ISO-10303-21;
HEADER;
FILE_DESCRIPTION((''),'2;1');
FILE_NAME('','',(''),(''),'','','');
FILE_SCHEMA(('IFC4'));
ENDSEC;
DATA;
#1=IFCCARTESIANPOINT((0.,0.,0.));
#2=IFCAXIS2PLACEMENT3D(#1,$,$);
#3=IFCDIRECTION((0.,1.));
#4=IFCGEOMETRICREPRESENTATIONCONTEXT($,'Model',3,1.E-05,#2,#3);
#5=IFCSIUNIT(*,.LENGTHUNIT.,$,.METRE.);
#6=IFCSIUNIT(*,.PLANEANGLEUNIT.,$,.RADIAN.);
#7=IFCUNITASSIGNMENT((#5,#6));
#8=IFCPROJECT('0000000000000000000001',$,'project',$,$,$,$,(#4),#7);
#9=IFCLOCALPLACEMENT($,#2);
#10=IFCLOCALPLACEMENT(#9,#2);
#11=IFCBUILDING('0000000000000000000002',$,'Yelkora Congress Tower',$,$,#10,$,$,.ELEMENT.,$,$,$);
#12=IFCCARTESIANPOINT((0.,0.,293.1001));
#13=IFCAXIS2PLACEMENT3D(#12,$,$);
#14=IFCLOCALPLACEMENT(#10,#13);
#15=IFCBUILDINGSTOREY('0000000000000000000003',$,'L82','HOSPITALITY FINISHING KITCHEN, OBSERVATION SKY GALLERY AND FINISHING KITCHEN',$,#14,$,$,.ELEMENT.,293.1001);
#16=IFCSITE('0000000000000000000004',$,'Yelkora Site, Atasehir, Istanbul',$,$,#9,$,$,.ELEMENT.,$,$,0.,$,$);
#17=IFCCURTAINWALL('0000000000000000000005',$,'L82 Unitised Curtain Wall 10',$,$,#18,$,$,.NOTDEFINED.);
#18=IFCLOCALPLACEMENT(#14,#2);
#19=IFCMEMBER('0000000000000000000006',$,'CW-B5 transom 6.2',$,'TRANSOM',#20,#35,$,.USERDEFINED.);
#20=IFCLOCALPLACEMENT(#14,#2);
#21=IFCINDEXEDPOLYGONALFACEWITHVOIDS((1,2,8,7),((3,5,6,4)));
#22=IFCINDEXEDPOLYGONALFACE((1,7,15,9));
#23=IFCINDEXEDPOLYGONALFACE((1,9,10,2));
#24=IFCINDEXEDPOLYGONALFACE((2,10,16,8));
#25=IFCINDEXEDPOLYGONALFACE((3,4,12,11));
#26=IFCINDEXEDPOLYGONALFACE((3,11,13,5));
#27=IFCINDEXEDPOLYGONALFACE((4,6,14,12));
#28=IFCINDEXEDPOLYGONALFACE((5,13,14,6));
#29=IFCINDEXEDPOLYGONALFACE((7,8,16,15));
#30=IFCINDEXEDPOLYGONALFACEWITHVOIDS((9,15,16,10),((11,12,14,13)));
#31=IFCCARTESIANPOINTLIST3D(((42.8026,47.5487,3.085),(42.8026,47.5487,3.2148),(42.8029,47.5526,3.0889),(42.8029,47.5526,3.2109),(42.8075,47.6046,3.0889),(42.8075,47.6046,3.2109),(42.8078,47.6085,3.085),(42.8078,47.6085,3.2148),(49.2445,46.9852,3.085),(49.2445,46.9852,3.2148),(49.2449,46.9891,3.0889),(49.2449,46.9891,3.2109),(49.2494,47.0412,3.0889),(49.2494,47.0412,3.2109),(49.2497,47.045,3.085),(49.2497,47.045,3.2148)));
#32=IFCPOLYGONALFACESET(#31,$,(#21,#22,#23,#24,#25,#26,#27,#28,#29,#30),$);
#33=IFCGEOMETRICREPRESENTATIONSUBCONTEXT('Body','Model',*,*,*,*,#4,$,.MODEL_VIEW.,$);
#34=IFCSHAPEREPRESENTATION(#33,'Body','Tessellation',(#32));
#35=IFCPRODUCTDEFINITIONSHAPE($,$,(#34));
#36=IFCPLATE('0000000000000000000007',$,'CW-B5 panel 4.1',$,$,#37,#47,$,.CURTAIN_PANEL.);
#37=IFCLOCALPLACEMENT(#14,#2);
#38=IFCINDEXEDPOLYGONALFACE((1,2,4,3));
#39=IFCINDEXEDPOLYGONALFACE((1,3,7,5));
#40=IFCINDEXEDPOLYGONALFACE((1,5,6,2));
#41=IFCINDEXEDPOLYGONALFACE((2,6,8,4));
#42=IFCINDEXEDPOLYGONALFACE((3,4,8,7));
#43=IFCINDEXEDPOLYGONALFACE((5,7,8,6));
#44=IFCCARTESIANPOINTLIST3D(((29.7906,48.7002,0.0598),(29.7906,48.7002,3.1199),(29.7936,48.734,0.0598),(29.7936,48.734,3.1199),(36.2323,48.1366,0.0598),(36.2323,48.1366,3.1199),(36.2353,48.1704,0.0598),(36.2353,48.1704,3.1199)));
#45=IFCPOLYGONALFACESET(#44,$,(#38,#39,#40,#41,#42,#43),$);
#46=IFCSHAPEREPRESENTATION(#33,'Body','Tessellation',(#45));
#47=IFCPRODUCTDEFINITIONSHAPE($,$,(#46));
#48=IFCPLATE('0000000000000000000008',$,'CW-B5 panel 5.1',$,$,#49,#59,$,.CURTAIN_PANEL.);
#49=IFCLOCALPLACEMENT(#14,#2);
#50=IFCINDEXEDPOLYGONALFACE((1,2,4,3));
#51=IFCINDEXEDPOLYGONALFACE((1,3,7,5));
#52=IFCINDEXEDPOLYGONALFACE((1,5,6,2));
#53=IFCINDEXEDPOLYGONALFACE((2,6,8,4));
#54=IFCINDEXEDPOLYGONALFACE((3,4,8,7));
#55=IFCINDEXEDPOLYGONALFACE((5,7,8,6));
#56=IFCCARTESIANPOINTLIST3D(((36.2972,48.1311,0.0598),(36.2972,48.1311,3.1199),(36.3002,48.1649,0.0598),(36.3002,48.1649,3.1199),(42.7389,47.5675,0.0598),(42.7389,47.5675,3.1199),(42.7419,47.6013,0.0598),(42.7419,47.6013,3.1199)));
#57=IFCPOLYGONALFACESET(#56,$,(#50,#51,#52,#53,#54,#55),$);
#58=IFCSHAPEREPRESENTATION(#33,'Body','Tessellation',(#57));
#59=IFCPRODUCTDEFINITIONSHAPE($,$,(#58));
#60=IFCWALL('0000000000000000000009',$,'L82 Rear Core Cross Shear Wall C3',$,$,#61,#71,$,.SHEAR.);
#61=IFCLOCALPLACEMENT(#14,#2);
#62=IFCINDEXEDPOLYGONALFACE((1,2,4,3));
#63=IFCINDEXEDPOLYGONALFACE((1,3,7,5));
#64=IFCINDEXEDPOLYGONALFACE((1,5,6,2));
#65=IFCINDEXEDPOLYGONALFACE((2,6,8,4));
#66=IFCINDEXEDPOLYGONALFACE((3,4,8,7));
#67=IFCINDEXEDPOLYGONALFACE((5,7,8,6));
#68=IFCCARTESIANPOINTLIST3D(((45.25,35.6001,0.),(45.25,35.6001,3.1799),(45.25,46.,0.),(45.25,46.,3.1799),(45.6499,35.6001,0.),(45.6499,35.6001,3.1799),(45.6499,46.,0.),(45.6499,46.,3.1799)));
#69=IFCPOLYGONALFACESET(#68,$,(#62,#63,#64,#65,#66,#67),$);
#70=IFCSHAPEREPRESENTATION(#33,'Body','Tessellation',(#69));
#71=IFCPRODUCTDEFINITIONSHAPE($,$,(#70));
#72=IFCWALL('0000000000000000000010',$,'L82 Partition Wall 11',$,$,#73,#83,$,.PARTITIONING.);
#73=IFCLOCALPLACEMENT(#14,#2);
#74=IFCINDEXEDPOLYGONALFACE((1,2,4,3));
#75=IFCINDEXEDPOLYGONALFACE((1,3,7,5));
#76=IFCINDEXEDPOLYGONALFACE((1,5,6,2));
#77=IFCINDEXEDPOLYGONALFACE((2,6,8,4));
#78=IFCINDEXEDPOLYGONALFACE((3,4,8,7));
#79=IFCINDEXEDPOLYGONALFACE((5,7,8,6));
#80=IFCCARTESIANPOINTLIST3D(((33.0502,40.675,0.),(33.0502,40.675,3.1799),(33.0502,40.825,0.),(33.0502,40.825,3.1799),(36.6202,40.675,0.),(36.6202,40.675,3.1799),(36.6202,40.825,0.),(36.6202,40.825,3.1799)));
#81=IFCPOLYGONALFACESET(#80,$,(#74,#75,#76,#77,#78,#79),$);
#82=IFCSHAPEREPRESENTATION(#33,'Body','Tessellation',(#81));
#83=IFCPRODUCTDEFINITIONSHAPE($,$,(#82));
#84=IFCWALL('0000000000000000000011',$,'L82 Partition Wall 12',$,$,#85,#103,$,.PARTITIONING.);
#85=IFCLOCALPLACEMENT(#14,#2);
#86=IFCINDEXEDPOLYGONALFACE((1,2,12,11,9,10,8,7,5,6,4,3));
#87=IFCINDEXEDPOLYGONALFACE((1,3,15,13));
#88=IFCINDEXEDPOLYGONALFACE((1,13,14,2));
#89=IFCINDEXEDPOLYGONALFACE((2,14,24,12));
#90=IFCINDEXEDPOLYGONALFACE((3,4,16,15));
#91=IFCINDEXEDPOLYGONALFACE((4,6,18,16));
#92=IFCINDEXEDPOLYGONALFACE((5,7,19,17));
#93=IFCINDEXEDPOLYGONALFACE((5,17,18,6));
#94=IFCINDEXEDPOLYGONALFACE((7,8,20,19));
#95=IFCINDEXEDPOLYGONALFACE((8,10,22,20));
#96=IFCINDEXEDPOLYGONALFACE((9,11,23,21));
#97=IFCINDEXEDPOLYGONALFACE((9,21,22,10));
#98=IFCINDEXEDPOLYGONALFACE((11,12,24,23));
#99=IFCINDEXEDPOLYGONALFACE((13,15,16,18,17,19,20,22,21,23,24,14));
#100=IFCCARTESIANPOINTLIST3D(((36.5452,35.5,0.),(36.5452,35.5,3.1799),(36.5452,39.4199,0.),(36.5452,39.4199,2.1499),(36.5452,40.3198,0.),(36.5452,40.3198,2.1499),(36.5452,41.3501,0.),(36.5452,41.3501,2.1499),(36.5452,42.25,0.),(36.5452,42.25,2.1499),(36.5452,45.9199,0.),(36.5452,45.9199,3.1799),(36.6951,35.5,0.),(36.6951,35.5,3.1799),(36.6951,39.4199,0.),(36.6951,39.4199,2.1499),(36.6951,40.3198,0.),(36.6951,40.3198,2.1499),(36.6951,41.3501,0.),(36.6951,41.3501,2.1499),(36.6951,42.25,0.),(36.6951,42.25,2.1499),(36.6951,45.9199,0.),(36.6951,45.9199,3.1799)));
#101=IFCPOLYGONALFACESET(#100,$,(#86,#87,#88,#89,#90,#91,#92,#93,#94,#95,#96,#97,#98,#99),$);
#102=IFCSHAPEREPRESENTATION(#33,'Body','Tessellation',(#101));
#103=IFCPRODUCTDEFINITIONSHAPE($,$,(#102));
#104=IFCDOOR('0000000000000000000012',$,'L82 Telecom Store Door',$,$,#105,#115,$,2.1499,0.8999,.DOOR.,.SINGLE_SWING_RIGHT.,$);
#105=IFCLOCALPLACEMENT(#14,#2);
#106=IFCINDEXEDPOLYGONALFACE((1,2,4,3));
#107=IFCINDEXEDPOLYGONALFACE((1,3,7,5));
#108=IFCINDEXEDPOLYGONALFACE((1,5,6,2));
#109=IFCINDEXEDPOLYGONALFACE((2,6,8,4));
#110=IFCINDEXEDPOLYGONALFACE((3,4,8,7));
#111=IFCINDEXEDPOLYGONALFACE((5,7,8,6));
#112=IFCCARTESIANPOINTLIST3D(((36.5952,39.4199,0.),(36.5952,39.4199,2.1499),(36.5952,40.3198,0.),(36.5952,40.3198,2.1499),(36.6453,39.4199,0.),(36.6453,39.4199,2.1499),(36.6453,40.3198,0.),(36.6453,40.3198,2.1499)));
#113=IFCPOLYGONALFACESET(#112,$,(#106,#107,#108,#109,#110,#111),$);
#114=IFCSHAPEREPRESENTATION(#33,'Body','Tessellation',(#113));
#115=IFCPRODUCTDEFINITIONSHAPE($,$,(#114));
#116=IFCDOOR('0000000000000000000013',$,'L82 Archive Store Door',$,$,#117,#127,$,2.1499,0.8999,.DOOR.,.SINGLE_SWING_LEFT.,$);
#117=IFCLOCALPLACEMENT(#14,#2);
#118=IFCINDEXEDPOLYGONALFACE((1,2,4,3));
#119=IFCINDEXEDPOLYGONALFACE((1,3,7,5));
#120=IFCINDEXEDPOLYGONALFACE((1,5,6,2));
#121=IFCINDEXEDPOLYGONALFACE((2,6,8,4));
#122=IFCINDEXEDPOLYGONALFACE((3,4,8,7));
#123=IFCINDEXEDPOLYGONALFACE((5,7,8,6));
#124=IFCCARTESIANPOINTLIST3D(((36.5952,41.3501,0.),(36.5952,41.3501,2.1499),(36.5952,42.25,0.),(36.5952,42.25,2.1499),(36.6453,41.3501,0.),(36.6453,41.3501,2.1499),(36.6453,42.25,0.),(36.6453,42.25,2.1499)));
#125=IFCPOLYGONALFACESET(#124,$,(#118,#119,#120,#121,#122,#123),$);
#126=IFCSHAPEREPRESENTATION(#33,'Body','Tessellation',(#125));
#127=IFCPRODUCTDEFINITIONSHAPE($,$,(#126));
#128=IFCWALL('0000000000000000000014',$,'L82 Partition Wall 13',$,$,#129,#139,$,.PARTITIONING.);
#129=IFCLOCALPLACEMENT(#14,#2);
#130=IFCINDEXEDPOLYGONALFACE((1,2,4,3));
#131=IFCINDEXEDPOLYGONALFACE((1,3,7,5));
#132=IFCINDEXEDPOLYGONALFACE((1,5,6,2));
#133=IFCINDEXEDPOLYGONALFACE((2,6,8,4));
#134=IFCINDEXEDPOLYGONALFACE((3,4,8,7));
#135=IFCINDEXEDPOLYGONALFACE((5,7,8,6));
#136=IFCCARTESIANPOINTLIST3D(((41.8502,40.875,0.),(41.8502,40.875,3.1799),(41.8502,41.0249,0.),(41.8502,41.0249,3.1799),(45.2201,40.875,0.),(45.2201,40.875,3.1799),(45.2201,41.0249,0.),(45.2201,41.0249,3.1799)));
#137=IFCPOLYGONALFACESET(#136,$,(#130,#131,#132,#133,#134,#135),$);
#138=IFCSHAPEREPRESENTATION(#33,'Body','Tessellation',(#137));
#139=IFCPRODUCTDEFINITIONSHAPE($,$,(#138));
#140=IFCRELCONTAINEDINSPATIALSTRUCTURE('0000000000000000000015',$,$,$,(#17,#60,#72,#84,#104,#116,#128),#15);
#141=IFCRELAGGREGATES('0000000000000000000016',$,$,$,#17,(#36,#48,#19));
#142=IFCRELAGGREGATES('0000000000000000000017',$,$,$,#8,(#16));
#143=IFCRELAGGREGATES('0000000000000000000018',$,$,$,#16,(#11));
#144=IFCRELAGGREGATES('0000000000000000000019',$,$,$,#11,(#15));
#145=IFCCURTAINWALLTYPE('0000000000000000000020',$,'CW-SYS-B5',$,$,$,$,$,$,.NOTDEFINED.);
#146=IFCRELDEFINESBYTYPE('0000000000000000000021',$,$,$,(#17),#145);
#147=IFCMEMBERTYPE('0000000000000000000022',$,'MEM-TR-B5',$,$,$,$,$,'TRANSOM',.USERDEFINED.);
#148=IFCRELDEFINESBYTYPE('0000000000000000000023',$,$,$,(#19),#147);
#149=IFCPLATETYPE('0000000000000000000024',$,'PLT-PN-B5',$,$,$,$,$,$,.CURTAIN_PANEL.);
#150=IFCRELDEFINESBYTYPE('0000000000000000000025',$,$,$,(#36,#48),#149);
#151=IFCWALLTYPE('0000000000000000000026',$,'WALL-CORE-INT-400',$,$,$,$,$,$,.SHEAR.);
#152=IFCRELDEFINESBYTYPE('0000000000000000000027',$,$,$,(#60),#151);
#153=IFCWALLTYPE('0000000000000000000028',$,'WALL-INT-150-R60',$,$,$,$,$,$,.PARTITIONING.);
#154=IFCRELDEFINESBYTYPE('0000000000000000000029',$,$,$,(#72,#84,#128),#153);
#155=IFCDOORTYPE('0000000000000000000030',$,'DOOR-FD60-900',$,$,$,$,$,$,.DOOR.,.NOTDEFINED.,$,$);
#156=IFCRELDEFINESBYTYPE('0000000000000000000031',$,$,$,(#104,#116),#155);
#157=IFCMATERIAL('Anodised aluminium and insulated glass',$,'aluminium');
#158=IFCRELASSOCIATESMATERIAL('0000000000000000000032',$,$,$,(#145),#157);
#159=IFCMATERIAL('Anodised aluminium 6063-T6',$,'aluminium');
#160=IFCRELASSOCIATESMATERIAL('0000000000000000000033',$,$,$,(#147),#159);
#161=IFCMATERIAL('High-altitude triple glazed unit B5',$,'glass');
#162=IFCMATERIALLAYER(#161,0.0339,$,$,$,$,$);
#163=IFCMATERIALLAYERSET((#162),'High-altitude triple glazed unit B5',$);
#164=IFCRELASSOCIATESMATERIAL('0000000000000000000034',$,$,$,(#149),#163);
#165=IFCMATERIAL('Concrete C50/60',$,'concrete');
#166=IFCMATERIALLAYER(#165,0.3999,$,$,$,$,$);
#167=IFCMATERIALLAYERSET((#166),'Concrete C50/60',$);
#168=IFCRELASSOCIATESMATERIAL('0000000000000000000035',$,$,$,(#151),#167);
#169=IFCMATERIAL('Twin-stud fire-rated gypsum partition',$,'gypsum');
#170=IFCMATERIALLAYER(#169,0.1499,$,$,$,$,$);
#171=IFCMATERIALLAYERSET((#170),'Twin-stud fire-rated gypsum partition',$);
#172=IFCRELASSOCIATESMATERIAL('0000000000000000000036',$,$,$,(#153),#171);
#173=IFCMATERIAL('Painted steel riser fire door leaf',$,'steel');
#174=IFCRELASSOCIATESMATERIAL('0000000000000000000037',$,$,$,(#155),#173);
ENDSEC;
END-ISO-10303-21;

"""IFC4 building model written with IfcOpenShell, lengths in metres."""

from ifc_helpers import new_model, si_unit, direction, frame, frame_2d, origin, origin_2d, place, context, subcontext, project, spatial, rectangle, hollow_rectangle, extrude, material, layer, layer_set, material_profile, profile_set, type_object, element, fill, aggregate, save


model = new_model("IFC4")

# Units and contexts
model_context = context("Model", 3, precision=1e-05, world=origin(), true_north=direction((0.0, 1.0)))
body_context = subcontext(model_context, "Body", "Model", "MODEL_VIEW")
ifc_project = project(units=[si_unit("LENGTHUNIT", "METRE"), si_unit("PLANEANGLEUNIT", "RADIAN")], contexts=[model_context])

# Site, building, storey
site_placement = place(None, origin())
site = spatial("IfcSite", under=ifc_project, at=site_placement, Name="Yelkora Site, Atasehir, Istanbul", CompositionType="ELEMENT", RefElevation=0.0)
building_placement = place(site_placement, origin())
building = spatial("IfcBuilding", under=site, at=building_placement, Name="Yelkora Congress Tower", CompositionType="ELEMENT")
storey_placement = place(building_placement, frame((0.0, 0.0, 293.1001)))
storey = spatial("IfcBuildingStorey", under=building, at=storey_placement, Name="L82", Description="HOSPITALITY FINISHING KITCHEN, OBSERVATION SKY GALLERY AND FINISHING KITCHEN", CompositionType="ELEMENT", Elevation=293.1001)

# Curtain wall, member, plates
ifc_material_1 = material(Name="Anodised aluminium and insulated glass", Category="aluminium")
curtain_wall_type = type_object("IfcCurtainWallType", Name="CW-SYS-B5", PredefinedType="NOTDEFINED", material=ifc_material_1)
curtain_wall_placement = place(storey_placement, origin())
curtain_wall = element("IfcCurtainWall", 1, at=curtain_wall_placement, inside=storey, type_object=curtain_wall_type, Name="L82 Unitised Curtain Wall 10", PredefinedType="NOTDEFINED")
ifc_material_2 = material(Name="Anodised aluminium 6063-T6", Category="aluminium")
ifc_material_profile_1 = material_profile(ifc_material_2, hollow_rectangle(XDim=0.0601, YDim=0.1299, WallThickness=0.0039, at=origin_2d()), Name="ALU 60x130x4")
ifc_profile_set_1 = profile_set([ifc_material_profile_1], Name="Anodised aluminium 6063-T6")
member_type_1 = type_object("IfcMemberType", Name="MEM-TR-B5", ElementType="TRANSOM", PredefinedType="USERDEFINED", material=ifc_profile_set_1)
member_1_placement = place(storey_placement, frame((42.8052, 47.5786, 3.1499), z_axis=(0.996196, -0.087138, 0.0), x_axis=(0.087138, 0.996196, 0.0)))
member_1 = element("IfcMember", 2, at=member_1_placement, type_object=member_type_1, Name="CW-B5 transom 6.2", ObjectType="TRANSOM", PredefinedType="USERDEFINED", context=body_context, shape_type="SweptSolid", body=[
    extrude(hollow_rectangle(XDim=0.0601, YDim=0.1299, WallThickness=0.0039, at=origin_2d()), origin(), (0.0, 0.0, 1.0), 6.4666),
])
ifc_material_3 = material(Name="High-altitude triple glazed unit B5", Category="glass")
ifc_layer_1 = layer(ifc_material_3, 0.0339)
ifc_layer_set_1 = layer_set([ifc_layer_1], Name="High-altitude triple glazed unit B5")
plate_type = type_object("IfcPlateType", Name="PLT-PN-B5", PredefinedType="CURTAIN_PANEL", material=ifc_layer_set_1)
plate_1_placement = place(storey_placement, frame((33.0129, 48.4353, 0.0598), z_axis=(0.0, 0.0, 1.0), x_axis=(0.996195, -0.087157, 0.0)))
plate_1 = element("IfcPlate", 3, at=plate_1_placement, type_object=plate_type, Name="CW-B5 panel 4.1", PredefinedType="CURTAIN_PANEL", context=body_context, shape_type="SweptSolid", body=[
    extrude(rectangle(XDim=6.4663, YDim=0.0339, at=origin_2d()), origin(), (0.0, 0.0, 1.0), 3.0601),
])
plate_2_placement = place(storey_placement, frame((39.5195, 47.8662, 0.0598), z_axis=(0.0, 0.0, 1.0), x_axis=(0.996195, -0.087157, 0.0)))
plate_2 = element("IfcPlate", 4, at=plate_2_placement, type_object=plate_type, Name="CW-B5 panel 5.1", PredefinedType="CURTAIN_PANEL", context=body_context, shape_type="SweptSolid", body=[
    extrude(rectangle(XDim=6.4663, YDim=0.0339, at=origin_2d()), origin(), (0.0, 0.0, 1.0), 3.0601),
])
aggregate(curtain_wall, [plate_1, plate_2, member_1])

# Walls
ifc_material_4 = material(Name="Concrete C50/60", Category="concrete")
ifc_layer_2 = layer(ifc_material_4, 0.3999)
ifc_layer_set_2 = layer_set([ifc_layer_2], Name="Concrete C50/60")
wall_type_1 = type_object("IfcWallType", Name="WALL-CORE-INT-400", PredefinedType="SHEAR", material=ifc_layer_set_2)
wall_1_placement = place(storey_placement, frame((45.45, 35.6001, 0.0), z_axis=(0.0, 0.0, 1.0), x_axis=(0.0, 1.0, 0.0)))
element("IfcWall", 5, at=wall_1_placement, inside=storey, type_object=wall_type_1, Name="L82 Rear Core Cross Shear Wall C3", PredefinedType="SHEAR", context=body_context, shape_type="SweptSolid", body=[
    extrude(rectangle(XDim=10.3999, YDim=0.3999, at=frame_2d((5.2, 0.0))), origin(), (0.0, 0.0, 1.0), 3.1799),
])
ifc_material_5 = material(Name="Twin-stud fire-rated gypsum partition", Category="gypsum")
ifc_layer_3 = layer(ifc_material_5, 0.1499)
ifc_layer_set_3 = layer_set([ifc_layer_3], Name="Twin-stud fire-rated gypsum partition")
wall_type_2 = type_object("IfcWallType", Name="WALL-INT-150-R60", PredefinedType="PARTITIONING", material=ifc_layer_set_3)
wall_2_placement = place(storey_placement, frame((33.05, 40.75, 0.0), z_axis=(0.0, 0.0, 1.0), x_axis=(1.0, 0.0, 0.0)))
element("IfcWall", 6, at=wall_2_placement, inside=storey, type_object=wall_type_2, Name="L82 Partition Wall 11", PredefinedType="PARTITIONING", context=body_context, shape_type="SweptSolid", body=[
    extrude(rectangle(XDim=3.5701, YDim=0.1499, at=frame_2d((1.7852, 0.0))), origin(), (0.0, 0.0, 1.0), 3.1799),
])

# Wall, openings, doors
wall_3_placement = place(storey_placement, frame((36.6201, 35.5, 0.0), z_axis=(0.0, 0.0, 1.0), x_axis=(0.0, 1.0, 0.0)))
wall_3 = element("IfcWall", 7, at=wall_3_placement, inside=storey, type_object=wall_type_2, Name="L82 Partition Wall 12", PredefinedType="PARTITIONING", context=body_context, shape_type="SweptSolid", body=[
    extrude(rectangle(XDim=10.4199, YDim=0.1499, at=frame_2d((5.21, 0.0))), origin(), (0.0, 0.0, 1.0), 3.1799),
])
opening_1_placement = place(wall_3_placement, frame((3.9199, 0.0, 0.0)))
opening_1 = element("IfcOpeningElement", 8, at=opening_1_placement, cuts=wall_3, PredefinedType="OPENING", context=body_context, shape_type="SweptSolid", body=[
    extrude(rectangle(XDim=0.8999, YDim=2.1499, at=frame_2d((0.45, 1.075))), frame((0.0, 0.085, 0.0), z_axis=(0.0, -1.0, 0.0), x_axis=(1.0, 0.0, 0.0)), (0.0, 0.0, 1.0), 0.1699),
])
opening_2_placement = place(wall_3_placement, frame((5.8501, 0.0, 0.0)))
opening_2 = element("IfcOpeningElement", 9, at=opening_2_placement, cuts=wall_3, PredefinedType="OPENING", context=body_context, shape_type="SweptSolid", body=[
    extrude(rectangle(XDim=0.8999, YDim=2.1499, at=frame_2d((0.45, 1.075))), frame((0.0, 0.085, 0.0), z_axis=(0.0, -1.0, 0.0), x_axis=(1.0, 0.0, 0.0)), (0.0, 0.0, 1.0), 0.1699),
])
ifc_material_6 = material(Name="Painted steel riser fire door leaf", Category="steel")
door_type_1 = type_object("IfcDoorType", Name="DOOR-FD60-900", OperationType="NOTDEFINED", PredefinedType="DOOR", material=ifc_material_6)
door_1_placement = place(opening_1_placement, origin())
door_1 = element("IfcDoor", 10, at=door_1_placement, inside=storey, type_object=door_type_1, Name="L82 Telecom Store Door", OperationType="SINGLE_SWING_RIGHT", OverallHeight=2.1499, OverallWidth=0.8999, PredefinedType="DOOR", context=body_context, shape_type="SweptSolid", body=[
    extrude(rectangle(XDim=0.8999, YDim=2.1499, at=frame_2d((0.45, 1.075))), frame((0.0, 0.0249, 0.0), z_axis=(0.0, -1.0, 0.0), x_axis=(1.0, 0.0, 0.0)), (0.0, 0.0, 1.0), 0.05),
])
fill(opening_1, door_1)
door_2_placement = place(opening_2_placement, origin())
door_2 = element("IfcDoor", 11, at=door_2_placement, inside=storey, type_object=door_type_1, Name="L82 Archive Store Door", OperationType="SINGLE_SWING_LEFT", OverallHeight=2.1499, OverallWidth=0.8999, PredefinedType="DOOR", context=body_context, shape_type="SweptSolid", body=[
    extrude(rectangle(XDim=0.8999, YDim=2.1499, at=frame_2d((0.45, 1.075))), frame((0.0, 0.0249, 0.0), z_axis=(0.0, -1.0, 0.0), x_axis=(1.0, 0.0, 0.0)), (0.0, 0.0, 1.0), 0.05),
])
fill(opening_2, door_2)

# Wall
wall_4_placement = place(storey_placement, frame((41.8501, 40.95, 0.0), z_axis=(0.0, 0.0, 1.0), x_axis=(1.0, 0.0, 0.0)))
element("IfcWall", 12, at=wall_4_placement, inside=storey, type_object=wall_type_2, Name="L82 Partition Wall 13", PredefinedType="PARTITIONING", context=body_context, shape_type="SweptSolid", body=[
    extrude(rectangle(XDim=3.3699, YDim=0.1499, at=frame_2d((1.6851, 0.0))), origin(), (0.0, 0.0, 1.0), 3.1799),
])

save(model, "model.ifc")
